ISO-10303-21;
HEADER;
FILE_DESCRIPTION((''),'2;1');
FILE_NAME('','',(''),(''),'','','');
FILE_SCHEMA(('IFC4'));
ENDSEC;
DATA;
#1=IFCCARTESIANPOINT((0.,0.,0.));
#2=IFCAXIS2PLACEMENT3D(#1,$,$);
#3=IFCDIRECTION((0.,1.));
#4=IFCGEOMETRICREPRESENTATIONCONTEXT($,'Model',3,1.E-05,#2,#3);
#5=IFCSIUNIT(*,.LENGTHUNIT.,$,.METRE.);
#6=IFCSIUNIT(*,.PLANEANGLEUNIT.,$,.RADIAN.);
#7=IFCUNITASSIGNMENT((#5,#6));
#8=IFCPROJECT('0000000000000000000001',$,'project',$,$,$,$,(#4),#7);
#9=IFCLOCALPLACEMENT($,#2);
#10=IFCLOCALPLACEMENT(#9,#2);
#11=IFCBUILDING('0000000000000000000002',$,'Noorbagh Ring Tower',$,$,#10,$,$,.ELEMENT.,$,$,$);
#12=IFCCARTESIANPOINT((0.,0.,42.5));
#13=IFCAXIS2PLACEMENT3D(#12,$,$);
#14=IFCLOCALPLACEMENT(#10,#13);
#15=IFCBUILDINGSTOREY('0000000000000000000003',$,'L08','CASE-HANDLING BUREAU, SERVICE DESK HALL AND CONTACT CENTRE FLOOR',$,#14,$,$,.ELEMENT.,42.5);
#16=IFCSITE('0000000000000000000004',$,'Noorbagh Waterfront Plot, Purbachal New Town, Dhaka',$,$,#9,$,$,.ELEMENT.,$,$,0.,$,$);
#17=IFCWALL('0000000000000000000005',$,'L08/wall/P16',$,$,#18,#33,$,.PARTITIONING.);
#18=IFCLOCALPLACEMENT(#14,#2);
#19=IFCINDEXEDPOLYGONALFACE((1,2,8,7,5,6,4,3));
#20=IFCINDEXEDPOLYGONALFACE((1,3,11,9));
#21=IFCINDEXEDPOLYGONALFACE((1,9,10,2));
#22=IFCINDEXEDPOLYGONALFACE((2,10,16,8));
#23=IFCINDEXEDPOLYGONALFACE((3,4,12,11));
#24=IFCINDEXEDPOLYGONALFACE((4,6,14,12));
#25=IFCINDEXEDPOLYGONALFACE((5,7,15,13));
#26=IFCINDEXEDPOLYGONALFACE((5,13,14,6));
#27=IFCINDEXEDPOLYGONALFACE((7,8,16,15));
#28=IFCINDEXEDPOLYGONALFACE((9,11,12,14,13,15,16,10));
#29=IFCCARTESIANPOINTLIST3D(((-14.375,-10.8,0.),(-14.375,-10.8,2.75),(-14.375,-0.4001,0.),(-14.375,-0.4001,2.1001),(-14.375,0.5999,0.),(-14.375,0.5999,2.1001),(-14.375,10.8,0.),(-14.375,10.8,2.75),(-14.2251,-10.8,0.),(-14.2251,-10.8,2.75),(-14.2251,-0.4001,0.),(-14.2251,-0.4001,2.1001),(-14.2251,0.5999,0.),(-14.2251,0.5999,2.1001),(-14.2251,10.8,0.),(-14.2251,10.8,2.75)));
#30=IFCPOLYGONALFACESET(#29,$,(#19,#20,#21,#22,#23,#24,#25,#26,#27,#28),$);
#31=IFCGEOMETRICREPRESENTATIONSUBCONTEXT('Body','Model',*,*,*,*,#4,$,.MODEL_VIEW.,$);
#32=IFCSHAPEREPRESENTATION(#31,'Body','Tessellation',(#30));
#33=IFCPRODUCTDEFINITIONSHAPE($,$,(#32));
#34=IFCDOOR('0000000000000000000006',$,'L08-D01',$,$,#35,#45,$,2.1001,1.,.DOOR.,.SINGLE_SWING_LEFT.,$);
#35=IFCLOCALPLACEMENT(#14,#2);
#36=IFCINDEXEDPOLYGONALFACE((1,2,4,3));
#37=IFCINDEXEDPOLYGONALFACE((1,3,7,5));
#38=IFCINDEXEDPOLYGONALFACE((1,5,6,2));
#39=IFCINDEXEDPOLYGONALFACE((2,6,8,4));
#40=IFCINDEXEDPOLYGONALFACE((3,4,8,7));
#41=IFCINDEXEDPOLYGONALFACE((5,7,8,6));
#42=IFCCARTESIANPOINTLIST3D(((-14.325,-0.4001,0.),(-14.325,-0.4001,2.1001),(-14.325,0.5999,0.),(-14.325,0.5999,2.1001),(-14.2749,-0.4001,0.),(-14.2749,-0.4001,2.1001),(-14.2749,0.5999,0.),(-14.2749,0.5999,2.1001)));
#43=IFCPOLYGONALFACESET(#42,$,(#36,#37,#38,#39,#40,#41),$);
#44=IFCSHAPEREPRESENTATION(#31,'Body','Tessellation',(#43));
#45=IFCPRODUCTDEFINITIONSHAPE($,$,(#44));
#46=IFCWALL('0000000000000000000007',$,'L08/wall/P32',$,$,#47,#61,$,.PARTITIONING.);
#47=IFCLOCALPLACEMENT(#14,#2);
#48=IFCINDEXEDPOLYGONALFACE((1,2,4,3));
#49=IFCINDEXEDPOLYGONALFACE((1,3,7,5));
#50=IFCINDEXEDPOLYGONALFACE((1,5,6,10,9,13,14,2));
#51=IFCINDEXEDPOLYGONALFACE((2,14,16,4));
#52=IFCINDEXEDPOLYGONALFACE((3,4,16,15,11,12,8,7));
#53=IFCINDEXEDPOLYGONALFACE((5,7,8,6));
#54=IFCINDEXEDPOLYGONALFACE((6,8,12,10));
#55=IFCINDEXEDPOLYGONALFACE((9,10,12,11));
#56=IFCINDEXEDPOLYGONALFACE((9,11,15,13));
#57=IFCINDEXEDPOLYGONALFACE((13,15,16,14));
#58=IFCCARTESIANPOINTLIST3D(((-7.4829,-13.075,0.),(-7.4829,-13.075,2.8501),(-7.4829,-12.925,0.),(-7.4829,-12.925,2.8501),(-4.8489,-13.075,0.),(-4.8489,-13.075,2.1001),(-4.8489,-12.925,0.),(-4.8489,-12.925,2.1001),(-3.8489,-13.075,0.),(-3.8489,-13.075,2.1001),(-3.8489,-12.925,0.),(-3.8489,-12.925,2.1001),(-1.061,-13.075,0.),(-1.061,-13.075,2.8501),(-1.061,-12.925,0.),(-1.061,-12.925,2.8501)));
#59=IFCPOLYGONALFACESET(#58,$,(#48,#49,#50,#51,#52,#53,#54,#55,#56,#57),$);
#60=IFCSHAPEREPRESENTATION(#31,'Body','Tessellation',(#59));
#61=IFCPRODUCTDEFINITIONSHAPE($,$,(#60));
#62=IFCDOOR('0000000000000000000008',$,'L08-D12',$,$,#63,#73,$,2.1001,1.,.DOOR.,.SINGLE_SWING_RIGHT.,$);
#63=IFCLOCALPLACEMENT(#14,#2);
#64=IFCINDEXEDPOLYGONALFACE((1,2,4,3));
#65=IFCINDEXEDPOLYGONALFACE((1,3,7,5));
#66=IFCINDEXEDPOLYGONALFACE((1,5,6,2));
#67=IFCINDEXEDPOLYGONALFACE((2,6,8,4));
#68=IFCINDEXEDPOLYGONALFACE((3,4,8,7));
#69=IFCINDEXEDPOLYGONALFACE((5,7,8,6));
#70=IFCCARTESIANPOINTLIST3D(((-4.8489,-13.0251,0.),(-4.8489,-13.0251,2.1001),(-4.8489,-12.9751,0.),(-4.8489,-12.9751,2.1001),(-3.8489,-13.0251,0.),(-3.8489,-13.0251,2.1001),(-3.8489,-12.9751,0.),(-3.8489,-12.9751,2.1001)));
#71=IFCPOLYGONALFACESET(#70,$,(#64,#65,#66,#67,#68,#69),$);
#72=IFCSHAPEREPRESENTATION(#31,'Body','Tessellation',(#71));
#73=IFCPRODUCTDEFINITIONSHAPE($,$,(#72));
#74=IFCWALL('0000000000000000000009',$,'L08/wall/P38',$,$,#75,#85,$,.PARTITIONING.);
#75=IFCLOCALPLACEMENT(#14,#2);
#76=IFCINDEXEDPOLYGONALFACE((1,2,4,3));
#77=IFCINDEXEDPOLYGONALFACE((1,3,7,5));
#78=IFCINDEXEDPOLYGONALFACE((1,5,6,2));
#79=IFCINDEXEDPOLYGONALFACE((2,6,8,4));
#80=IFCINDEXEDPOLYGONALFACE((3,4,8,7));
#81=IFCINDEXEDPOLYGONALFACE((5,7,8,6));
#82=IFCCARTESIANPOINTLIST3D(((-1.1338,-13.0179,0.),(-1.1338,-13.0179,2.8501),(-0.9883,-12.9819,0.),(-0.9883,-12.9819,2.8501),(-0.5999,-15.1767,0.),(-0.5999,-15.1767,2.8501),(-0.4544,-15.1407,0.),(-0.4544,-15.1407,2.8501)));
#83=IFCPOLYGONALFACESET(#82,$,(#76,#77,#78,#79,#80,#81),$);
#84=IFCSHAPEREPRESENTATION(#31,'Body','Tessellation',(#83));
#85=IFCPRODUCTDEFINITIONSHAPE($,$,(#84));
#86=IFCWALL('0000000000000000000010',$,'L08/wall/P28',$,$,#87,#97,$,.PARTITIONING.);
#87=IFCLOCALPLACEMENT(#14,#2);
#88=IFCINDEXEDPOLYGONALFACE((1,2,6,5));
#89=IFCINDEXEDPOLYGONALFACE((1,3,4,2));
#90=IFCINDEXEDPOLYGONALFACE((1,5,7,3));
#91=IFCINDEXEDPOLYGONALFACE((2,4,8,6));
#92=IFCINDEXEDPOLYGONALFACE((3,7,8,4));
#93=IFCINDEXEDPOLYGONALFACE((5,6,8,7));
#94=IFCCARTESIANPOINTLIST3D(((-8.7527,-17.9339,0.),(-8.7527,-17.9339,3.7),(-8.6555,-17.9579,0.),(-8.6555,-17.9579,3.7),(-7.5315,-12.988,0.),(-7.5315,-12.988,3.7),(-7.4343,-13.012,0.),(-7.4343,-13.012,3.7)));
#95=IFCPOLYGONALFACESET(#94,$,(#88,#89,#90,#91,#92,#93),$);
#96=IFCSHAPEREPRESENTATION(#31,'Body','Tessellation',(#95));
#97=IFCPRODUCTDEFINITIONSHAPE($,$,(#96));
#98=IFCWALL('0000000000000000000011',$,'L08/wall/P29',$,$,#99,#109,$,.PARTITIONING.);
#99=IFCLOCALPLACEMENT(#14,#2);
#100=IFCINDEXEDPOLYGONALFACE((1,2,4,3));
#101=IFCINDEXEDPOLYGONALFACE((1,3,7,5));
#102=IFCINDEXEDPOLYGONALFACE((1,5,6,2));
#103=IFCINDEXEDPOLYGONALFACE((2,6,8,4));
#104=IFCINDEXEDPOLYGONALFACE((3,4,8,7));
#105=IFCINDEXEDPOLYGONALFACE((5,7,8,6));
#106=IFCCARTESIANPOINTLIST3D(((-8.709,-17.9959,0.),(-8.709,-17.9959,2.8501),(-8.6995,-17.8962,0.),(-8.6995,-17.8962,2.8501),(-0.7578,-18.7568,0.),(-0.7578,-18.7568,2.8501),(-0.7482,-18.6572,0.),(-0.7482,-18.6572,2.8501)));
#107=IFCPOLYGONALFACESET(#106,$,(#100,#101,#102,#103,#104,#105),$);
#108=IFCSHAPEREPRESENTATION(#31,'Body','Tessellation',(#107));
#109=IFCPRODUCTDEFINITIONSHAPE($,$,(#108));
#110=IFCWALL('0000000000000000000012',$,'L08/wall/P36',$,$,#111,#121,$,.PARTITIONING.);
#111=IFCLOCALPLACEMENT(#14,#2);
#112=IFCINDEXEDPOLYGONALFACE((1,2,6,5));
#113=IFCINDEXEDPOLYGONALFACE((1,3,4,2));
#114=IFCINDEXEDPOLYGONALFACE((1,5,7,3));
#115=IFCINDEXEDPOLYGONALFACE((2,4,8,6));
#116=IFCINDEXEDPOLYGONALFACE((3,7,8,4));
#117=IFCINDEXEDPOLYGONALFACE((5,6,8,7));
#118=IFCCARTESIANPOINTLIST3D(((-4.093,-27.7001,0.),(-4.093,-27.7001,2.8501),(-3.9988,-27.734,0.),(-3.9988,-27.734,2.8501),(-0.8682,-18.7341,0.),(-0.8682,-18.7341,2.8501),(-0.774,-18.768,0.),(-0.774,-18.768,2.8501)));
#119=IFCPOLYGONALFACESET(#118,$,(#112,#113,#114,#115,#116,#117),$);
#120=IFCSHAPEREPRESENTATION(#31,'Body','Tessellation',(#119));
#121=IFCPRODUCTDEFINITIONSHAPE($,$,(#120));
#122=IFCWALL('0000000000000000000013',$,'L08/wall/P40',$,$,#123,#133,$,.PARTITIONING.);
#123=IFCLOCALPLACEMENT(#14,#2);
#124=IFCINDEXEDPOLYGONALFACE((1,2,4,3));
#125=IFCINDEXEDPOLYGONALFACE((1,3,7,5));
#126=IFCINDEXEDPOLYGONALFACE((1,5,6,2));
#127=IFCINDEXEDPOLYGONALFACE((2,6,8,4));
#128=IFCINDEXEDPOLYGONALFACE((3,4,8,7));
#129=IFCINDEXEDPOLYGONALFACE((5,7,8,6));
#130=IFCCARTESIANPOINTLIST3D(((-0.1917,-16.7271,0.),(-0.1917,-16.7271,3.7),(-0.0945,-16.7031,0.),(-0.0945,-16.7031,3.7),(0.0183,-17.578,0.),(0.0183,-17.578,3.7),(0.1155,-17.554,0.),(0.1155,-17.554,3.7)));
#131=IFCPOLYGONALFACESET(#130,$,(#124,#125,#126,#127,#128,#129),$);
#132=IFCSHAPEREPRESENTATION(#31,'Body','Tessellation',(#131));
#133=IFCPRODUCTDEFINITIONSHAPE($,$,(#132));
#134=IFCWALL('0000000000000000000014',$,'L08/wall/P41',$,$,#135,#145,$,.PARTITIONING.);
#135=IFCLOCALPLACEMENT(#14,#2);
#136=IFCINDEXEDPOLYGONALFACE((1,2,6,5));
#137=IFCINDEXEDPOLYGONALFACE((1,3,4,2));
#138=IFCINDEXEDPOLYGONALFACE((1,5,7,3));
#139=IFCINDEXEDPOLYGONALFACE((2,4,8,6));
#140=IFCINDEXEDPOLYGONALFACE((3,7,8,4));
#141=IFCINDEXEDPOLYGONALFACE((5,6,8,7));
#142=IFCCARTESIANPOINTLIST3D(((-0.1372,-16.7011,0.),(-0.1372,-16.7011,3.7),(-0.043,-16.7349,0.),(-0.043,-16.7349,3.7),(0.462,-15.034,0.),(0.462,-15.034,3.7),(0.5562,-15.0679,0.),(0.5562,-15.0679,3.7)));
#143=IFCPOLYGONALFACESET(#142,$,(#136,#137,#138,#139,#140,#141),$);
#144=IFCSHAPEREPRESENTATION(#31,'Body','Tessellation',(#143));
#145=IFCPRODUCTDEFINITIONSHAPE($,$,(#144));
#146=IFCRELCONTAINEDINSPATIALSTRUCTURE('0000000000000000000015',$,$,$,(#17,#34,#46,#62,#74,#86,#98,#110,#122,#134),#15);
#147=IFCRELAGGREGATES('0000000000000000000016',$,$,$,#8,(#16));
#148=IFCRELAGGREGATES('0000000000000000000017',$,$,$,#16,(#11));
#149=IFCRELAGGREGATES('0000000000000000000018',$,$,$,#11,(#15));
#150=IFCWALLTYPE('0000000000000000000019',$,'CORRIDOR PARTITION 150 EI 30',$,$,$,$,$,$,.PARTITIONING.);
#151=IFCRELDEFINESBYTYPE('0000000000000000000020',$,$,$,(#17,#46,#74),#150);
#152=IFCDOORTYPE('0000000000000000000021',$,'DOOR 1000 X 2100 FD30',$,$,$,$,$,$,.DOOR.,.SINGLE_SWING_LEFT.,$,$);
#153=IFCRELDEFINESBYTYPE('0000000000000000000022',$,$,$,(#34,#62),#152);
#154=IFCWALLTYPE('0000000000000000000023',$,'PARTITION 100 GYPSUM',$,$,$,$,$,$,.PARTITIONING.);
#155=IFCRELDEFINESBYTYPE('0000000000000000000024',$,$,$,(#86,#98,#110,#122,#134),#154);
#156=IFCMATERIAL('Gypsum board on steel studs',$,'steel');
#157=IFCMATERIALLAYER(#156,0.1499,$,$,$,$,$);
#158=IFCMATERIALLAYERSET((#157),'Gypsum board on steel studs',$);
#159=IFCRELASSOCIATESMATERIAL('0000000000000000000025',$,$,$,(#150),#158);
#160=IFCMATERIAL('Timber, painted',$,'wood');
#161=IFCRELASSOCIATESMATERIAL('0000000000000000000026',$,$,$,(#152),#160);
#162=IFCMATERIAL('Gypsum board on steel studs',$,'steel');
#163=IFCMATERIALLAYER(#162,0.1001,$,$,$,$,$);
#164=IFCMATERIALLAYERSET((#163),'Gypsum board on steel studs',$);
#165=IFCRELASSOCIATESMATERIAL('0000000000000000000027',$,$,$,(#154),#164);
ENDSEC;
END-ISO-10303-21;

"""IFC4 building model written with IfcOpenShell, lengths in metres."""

from ifc_helpers import new_model, si_unit, direction, frame, frame_2d, origin, place, context, subcontext, project, spatial, rectangle, extrude, material, layer, layer_set, type_object, element, fill, save


model = new_model("IFC4")

# Units and contexts
model_context = context("Model", 3, precision=1e-05, world=origin(), true_north=direction((0.0, 1.0)))
body_context = subcontext(model_context, "Body", "Model", "MODEL_VIEW")
ifc_project = project(units=[si_unit("LENGTHUNIT", "METRE"), si_unit("PLANEANGLEUNIT", "RADIAN")], contexts=[model_context])

# Site, building, storey
site_placement = place(None, origin())
site = spatial("IfcSite", under=ifc_project, at=site_placement, Name="Noorbagh Waterfront Plot, Purbachal New Town, Dhaka", CompositionType="ELEMENT", RefElevation=0.0)
building_placement = place(site_placement, origin())
building = spatial("IfcBuilding", under=site, at=building_placement, Name="Noorbagh Ring Tower", CompositionType="ELEMENT")
storey_placement = place(building_placement, frame((0.0, 0.0, 42.5)))
storey = spatial("IfcBuildingStorey", under=building, at=storey_placement, Name="L08", Description="CASE-HANDLING BUREAU, SERVICE DESK HALL AND CONTACT CENTRE FLOOR", CompositionType="ELEMENT", Elevation=42.5)

# Shared definitions
ifc_material_1 = material(Name="Gypsum board on steel studs", Category="steel")
ifc_layer_1 = layer(ifc_material_1, 0.1499)
ifc_layer_set_1 = layer_set([ifc_layer_1], Name="Gypsum board on steel studs")
wall_type_1 = type_object("IfcWallType", Name="CORRIDOR PARTITION 150 EI 30", PredefinedType="PARTITIONING", material=ifc_layer_set_1)

# Walls, openings, doors
ifc_material_2 = material(Name="Timber, painted", Category="wood")
door_type = type_object("IfcDoorType", Name="DOOR 1000 X 2100 FD30", OperationType="SINGLE_SWING_LEFT", PredefinedType="DOOR", material=ifc_material_2)
wall_1_placement = place(storey_placement, frame((-14.3, -10.8, 0.0), z_axis=(0.0, 0.0, 1.0), x_axis=(0.0, 1.0, 0.0)))
wall_1 = element("IfcWall", 1, at=wall_1_placement, inside=storey, type_object=wall_type_1, Name="L08/wall/P16", PredefinedType="PARTITIONING", context=body_context, shape_type="SweptSolid", body=[
    extrude(rectangle(XDim=21.6001, YDim=0.1499, at=frame_2d((10.8, 0.0))), origin(), (0.0, 0.0, 1.0), 2.75),
])
opening_1_placement = place(wall_1_placement, frame((10.3999, 0.0, 0.0)))
opening_1 = element("IfcOpeningElement", 2, at=opening_1_placement, cuts=wall_1, PredefinedType="OPENING", context=body_context, shape_type="SweptSolid", body=[
    extrude(rectangle(XDim=1.0, YDim=2.1001, at=frame_2d((0.5, 1.05))), frame((0.0, 0.085, 0.0), z_axis=(0.0, -1.0, 0.0), x_axis=(1.0, 0.0, 0.0)), (0.0, 0.0, 1.0), 0.1699),
])
door_1_placement = place(opening_1_placement, origin())
door_1 = element("IfcDoor", 3, at=door_1_placement, inside=storey, type_object=door_type, Name="L08-D01", OperationType="SINGLE_SWING_LEFT", OverallHeight=2.1001, OverallWidth=1.0, PredefinedType="DOOR", context=body_context, shape_type="SweptSolid", body=[
    extrude(rectangle(XDim=1.0, YDim=2.1001, at=frame_2d((0.5, 1.05))), frame((0.0, 0.0249, 0.0), z_axis=(0.0, -1.0, 0.0), x_axis=(1.0, 0.0, 0.0)), (0.0, 0.0, 1.0), 0.05),
])
fill(opening_1, door_1)
wall_2_placement = place(storey_placement, frame((-7.4829, -13.0, 0.0), z_axis=(0.0, 0.0, 1.0), x_axis=(1.0, 0.0, 0.0)))
wall_2 = element("IfcWall", 4, at=wall_2_placement, inside=storey, type_object=wall_type_1, Name="L08/wall/P32", PredefinedType="PARTITIONING", context=body_context, shape_type="SweptSolid", body=[
    extrude(rectangle(XDim=6.4219, YDim=0.1499, at=frame_2d((3.2109, 0.0))), origin(), (0.0, 0.0, 1.0), 2.8501),
])
opening_2_placement = place(wall_2_placement, frame((2.634, 0.0, 0.0)))
opening_2 = element("IfcOpeningElement", 5, at=opening_2_placement, cuts=wall_2, PredefinedType="OPENING", context=body_context, shape_type="SweptSolid", body=[
    extrude(rectangle(XDim=1.0, YDim=2.1001, at=frame_2d((0.5, 1.05))), frame((0.0, 0.085, 0.0), z_axis=(0.0, -1.0, 0.0), x_axis=(1.0, 0.0, 0.0)), (0.0, 0.0, 1.0), 0.1699),
])
door_2_placement = place(opening_2_placement, origin())
door_2 = element("IfcDoor", 6, at=door_2_placement, inside=storey, type_object=door_type, Name="L08-D12", OperationType="SINGLE_SWING_RIGHT", OverallHeight=2.1001, OverallWidth=1.0, PredefinedType="DOOR", context=body_context, shape_type="SweptSolid", body=[
    extrude(rectangle(XDim=1.0, YDim=2.1001, at=frame_2d((0.5, 1.05))), frame((0.0, 0.0249, 0.0), z_axis=(0.0, -1.0, 0.0), x_axis=(1.0, 0.0, 0.0)), (0.0, 0.0, 1.0), 0.05),
])
fill(opening_2, door_2)

# Walls
wall_3_placement = place(storey_placement, frame((-1.061, -13.0, 0.0), z_axis=(0.0, 0.0, 1.0), x_axis=(0.240081, -0.970753, 0.0)))
element("IfcWall", 7, at=wall_3_placement, inside=storey, type_object=wall_type_1, Name="L08/wall/P38", PredefinedType="PARTITIONING", context=body_context, shape_type="SweptSolid", body=[
    extrude(rectangle(XDim=2.2239, YDim=0.1499, at=frame_2d((1.1118, 0.0))), origin(), (0.0, 0.0, 1.0), 2.8501),
])
ifc_material_3 = material(Name="Gypsum board on steel studs", Category="steel")
ifc_layer_2 = layer(ifc_material_3, 0.1001)
ifc_layer_set_2 = layer_set([ifc_layer_2], Name="Gypsum board on steel studs")
wall_type_2 = type_object("IfcWallType", Name="PARTITION 100 GYPSUM", PredefinedType="PARTITIONING", material=ifc_layer_set_2)
wall_4_placement = place(storey_placement, frame((-8.7041, -17.946, 0.0), z_axis=(0.0, 0.0, 1.0), x_axis=(0.239704, 0.970846, 0.0)))
element("IfcWall", 8, at=wall_4_placement, inside=storey, type_object=wall_type_2, Name="L08/wall/P28", PredefinedType="PARTITIONING", context=body_context, shape_type="SweptSolid", body=[
    extrude(rectangle(XDim=5.0945, YDim=0.1001, at=frame_2d((2.5474, 0.0))), origin(), (0.0, 0.0, 1.0), 3.7),
])
wall_5_placement = place(storey_placement, frame((-8.7041, -17.946, 0.0), z_axis=(0.0, 0.0, 1.0), x_axis=(0.995451, -0.095272, 0.0)))
element("IfcWall", 9, at=wall_5_placement, inside=storey, type_object=wall_type_2, Name="L08/wall/P29", PredefinedType="PARTITIONING", context=body_context, shape_type="SweptSolid", body=[
    extrude(rectangle(XDim=7.9875, YDim=0.1001, at=frame_2d((3.9937, 0.0))), origin(), (0.0, 0.0, 1.0), 2.8501),
])
wall_6_placement = place(storey_placement, frame((-4.0459, -27.717, 0.0), z_axis=(0.0, 0.0, 1.0), x_axis=(0.338447, 0.940985, 0.0)))
element("IfcWall", 10, at=wall_6_placement, inside=storey, type_object=wall_type_2, Name="L08/wall/P36", PredefinedType="PARTITIONING", context=body_context, shape_type="SweptSolid", body=[
    extrude(rectangle(XDim=9.5283, YDim=0.1001, at=frame_2d((4.7642, 0.0))), origin(), (0.0, 0.0, 1.0), 2.8501),
])
wall_7_placement = place(storey_placement, frame((-0.1431, -16.7151, 0.0), z_axis=(0.0, 0.0, 1.0), x_axis=(0.239585, -0.970875, 0.0)))
element("IfcWall", 11, at=wall_7_placement, inside=storey, type_object=wall_type_2, Name="L08/wall/P40", PredefinedType="PARTITIONING", context=body_context, shape_type="SweptSolid", body=[
    extrude(rectangle(XDim=0.8765, YDim=0.1001, at=frame_2d((0.4382, 0.0))), origin(), (0.0, 0.0, 1.0), 3.7),
])
wall_8_placement = place(storey_placement, frame((-0.0901, -16.718, 0.0), z_axis=(0.0, 0.0, 1.0), x_axis=(0.338222, 0.941066, 0.0)))
element("IfcWall", 12, at=wall_8_placement, inside=storey, type_object=wall_type_2, Name="L08/wall/P41", PredefinedType="PARTITIONING", context=body_context, shape_type="SweptSolid", body=[
    extrude(rectangle(XDim=1.7715, YDim=0.1001, at=frame_2d((0.8857, 0.0))), origin(), (0.0, 0.0, 1.0), 3.7),
])

save(model, "model.ifc")
